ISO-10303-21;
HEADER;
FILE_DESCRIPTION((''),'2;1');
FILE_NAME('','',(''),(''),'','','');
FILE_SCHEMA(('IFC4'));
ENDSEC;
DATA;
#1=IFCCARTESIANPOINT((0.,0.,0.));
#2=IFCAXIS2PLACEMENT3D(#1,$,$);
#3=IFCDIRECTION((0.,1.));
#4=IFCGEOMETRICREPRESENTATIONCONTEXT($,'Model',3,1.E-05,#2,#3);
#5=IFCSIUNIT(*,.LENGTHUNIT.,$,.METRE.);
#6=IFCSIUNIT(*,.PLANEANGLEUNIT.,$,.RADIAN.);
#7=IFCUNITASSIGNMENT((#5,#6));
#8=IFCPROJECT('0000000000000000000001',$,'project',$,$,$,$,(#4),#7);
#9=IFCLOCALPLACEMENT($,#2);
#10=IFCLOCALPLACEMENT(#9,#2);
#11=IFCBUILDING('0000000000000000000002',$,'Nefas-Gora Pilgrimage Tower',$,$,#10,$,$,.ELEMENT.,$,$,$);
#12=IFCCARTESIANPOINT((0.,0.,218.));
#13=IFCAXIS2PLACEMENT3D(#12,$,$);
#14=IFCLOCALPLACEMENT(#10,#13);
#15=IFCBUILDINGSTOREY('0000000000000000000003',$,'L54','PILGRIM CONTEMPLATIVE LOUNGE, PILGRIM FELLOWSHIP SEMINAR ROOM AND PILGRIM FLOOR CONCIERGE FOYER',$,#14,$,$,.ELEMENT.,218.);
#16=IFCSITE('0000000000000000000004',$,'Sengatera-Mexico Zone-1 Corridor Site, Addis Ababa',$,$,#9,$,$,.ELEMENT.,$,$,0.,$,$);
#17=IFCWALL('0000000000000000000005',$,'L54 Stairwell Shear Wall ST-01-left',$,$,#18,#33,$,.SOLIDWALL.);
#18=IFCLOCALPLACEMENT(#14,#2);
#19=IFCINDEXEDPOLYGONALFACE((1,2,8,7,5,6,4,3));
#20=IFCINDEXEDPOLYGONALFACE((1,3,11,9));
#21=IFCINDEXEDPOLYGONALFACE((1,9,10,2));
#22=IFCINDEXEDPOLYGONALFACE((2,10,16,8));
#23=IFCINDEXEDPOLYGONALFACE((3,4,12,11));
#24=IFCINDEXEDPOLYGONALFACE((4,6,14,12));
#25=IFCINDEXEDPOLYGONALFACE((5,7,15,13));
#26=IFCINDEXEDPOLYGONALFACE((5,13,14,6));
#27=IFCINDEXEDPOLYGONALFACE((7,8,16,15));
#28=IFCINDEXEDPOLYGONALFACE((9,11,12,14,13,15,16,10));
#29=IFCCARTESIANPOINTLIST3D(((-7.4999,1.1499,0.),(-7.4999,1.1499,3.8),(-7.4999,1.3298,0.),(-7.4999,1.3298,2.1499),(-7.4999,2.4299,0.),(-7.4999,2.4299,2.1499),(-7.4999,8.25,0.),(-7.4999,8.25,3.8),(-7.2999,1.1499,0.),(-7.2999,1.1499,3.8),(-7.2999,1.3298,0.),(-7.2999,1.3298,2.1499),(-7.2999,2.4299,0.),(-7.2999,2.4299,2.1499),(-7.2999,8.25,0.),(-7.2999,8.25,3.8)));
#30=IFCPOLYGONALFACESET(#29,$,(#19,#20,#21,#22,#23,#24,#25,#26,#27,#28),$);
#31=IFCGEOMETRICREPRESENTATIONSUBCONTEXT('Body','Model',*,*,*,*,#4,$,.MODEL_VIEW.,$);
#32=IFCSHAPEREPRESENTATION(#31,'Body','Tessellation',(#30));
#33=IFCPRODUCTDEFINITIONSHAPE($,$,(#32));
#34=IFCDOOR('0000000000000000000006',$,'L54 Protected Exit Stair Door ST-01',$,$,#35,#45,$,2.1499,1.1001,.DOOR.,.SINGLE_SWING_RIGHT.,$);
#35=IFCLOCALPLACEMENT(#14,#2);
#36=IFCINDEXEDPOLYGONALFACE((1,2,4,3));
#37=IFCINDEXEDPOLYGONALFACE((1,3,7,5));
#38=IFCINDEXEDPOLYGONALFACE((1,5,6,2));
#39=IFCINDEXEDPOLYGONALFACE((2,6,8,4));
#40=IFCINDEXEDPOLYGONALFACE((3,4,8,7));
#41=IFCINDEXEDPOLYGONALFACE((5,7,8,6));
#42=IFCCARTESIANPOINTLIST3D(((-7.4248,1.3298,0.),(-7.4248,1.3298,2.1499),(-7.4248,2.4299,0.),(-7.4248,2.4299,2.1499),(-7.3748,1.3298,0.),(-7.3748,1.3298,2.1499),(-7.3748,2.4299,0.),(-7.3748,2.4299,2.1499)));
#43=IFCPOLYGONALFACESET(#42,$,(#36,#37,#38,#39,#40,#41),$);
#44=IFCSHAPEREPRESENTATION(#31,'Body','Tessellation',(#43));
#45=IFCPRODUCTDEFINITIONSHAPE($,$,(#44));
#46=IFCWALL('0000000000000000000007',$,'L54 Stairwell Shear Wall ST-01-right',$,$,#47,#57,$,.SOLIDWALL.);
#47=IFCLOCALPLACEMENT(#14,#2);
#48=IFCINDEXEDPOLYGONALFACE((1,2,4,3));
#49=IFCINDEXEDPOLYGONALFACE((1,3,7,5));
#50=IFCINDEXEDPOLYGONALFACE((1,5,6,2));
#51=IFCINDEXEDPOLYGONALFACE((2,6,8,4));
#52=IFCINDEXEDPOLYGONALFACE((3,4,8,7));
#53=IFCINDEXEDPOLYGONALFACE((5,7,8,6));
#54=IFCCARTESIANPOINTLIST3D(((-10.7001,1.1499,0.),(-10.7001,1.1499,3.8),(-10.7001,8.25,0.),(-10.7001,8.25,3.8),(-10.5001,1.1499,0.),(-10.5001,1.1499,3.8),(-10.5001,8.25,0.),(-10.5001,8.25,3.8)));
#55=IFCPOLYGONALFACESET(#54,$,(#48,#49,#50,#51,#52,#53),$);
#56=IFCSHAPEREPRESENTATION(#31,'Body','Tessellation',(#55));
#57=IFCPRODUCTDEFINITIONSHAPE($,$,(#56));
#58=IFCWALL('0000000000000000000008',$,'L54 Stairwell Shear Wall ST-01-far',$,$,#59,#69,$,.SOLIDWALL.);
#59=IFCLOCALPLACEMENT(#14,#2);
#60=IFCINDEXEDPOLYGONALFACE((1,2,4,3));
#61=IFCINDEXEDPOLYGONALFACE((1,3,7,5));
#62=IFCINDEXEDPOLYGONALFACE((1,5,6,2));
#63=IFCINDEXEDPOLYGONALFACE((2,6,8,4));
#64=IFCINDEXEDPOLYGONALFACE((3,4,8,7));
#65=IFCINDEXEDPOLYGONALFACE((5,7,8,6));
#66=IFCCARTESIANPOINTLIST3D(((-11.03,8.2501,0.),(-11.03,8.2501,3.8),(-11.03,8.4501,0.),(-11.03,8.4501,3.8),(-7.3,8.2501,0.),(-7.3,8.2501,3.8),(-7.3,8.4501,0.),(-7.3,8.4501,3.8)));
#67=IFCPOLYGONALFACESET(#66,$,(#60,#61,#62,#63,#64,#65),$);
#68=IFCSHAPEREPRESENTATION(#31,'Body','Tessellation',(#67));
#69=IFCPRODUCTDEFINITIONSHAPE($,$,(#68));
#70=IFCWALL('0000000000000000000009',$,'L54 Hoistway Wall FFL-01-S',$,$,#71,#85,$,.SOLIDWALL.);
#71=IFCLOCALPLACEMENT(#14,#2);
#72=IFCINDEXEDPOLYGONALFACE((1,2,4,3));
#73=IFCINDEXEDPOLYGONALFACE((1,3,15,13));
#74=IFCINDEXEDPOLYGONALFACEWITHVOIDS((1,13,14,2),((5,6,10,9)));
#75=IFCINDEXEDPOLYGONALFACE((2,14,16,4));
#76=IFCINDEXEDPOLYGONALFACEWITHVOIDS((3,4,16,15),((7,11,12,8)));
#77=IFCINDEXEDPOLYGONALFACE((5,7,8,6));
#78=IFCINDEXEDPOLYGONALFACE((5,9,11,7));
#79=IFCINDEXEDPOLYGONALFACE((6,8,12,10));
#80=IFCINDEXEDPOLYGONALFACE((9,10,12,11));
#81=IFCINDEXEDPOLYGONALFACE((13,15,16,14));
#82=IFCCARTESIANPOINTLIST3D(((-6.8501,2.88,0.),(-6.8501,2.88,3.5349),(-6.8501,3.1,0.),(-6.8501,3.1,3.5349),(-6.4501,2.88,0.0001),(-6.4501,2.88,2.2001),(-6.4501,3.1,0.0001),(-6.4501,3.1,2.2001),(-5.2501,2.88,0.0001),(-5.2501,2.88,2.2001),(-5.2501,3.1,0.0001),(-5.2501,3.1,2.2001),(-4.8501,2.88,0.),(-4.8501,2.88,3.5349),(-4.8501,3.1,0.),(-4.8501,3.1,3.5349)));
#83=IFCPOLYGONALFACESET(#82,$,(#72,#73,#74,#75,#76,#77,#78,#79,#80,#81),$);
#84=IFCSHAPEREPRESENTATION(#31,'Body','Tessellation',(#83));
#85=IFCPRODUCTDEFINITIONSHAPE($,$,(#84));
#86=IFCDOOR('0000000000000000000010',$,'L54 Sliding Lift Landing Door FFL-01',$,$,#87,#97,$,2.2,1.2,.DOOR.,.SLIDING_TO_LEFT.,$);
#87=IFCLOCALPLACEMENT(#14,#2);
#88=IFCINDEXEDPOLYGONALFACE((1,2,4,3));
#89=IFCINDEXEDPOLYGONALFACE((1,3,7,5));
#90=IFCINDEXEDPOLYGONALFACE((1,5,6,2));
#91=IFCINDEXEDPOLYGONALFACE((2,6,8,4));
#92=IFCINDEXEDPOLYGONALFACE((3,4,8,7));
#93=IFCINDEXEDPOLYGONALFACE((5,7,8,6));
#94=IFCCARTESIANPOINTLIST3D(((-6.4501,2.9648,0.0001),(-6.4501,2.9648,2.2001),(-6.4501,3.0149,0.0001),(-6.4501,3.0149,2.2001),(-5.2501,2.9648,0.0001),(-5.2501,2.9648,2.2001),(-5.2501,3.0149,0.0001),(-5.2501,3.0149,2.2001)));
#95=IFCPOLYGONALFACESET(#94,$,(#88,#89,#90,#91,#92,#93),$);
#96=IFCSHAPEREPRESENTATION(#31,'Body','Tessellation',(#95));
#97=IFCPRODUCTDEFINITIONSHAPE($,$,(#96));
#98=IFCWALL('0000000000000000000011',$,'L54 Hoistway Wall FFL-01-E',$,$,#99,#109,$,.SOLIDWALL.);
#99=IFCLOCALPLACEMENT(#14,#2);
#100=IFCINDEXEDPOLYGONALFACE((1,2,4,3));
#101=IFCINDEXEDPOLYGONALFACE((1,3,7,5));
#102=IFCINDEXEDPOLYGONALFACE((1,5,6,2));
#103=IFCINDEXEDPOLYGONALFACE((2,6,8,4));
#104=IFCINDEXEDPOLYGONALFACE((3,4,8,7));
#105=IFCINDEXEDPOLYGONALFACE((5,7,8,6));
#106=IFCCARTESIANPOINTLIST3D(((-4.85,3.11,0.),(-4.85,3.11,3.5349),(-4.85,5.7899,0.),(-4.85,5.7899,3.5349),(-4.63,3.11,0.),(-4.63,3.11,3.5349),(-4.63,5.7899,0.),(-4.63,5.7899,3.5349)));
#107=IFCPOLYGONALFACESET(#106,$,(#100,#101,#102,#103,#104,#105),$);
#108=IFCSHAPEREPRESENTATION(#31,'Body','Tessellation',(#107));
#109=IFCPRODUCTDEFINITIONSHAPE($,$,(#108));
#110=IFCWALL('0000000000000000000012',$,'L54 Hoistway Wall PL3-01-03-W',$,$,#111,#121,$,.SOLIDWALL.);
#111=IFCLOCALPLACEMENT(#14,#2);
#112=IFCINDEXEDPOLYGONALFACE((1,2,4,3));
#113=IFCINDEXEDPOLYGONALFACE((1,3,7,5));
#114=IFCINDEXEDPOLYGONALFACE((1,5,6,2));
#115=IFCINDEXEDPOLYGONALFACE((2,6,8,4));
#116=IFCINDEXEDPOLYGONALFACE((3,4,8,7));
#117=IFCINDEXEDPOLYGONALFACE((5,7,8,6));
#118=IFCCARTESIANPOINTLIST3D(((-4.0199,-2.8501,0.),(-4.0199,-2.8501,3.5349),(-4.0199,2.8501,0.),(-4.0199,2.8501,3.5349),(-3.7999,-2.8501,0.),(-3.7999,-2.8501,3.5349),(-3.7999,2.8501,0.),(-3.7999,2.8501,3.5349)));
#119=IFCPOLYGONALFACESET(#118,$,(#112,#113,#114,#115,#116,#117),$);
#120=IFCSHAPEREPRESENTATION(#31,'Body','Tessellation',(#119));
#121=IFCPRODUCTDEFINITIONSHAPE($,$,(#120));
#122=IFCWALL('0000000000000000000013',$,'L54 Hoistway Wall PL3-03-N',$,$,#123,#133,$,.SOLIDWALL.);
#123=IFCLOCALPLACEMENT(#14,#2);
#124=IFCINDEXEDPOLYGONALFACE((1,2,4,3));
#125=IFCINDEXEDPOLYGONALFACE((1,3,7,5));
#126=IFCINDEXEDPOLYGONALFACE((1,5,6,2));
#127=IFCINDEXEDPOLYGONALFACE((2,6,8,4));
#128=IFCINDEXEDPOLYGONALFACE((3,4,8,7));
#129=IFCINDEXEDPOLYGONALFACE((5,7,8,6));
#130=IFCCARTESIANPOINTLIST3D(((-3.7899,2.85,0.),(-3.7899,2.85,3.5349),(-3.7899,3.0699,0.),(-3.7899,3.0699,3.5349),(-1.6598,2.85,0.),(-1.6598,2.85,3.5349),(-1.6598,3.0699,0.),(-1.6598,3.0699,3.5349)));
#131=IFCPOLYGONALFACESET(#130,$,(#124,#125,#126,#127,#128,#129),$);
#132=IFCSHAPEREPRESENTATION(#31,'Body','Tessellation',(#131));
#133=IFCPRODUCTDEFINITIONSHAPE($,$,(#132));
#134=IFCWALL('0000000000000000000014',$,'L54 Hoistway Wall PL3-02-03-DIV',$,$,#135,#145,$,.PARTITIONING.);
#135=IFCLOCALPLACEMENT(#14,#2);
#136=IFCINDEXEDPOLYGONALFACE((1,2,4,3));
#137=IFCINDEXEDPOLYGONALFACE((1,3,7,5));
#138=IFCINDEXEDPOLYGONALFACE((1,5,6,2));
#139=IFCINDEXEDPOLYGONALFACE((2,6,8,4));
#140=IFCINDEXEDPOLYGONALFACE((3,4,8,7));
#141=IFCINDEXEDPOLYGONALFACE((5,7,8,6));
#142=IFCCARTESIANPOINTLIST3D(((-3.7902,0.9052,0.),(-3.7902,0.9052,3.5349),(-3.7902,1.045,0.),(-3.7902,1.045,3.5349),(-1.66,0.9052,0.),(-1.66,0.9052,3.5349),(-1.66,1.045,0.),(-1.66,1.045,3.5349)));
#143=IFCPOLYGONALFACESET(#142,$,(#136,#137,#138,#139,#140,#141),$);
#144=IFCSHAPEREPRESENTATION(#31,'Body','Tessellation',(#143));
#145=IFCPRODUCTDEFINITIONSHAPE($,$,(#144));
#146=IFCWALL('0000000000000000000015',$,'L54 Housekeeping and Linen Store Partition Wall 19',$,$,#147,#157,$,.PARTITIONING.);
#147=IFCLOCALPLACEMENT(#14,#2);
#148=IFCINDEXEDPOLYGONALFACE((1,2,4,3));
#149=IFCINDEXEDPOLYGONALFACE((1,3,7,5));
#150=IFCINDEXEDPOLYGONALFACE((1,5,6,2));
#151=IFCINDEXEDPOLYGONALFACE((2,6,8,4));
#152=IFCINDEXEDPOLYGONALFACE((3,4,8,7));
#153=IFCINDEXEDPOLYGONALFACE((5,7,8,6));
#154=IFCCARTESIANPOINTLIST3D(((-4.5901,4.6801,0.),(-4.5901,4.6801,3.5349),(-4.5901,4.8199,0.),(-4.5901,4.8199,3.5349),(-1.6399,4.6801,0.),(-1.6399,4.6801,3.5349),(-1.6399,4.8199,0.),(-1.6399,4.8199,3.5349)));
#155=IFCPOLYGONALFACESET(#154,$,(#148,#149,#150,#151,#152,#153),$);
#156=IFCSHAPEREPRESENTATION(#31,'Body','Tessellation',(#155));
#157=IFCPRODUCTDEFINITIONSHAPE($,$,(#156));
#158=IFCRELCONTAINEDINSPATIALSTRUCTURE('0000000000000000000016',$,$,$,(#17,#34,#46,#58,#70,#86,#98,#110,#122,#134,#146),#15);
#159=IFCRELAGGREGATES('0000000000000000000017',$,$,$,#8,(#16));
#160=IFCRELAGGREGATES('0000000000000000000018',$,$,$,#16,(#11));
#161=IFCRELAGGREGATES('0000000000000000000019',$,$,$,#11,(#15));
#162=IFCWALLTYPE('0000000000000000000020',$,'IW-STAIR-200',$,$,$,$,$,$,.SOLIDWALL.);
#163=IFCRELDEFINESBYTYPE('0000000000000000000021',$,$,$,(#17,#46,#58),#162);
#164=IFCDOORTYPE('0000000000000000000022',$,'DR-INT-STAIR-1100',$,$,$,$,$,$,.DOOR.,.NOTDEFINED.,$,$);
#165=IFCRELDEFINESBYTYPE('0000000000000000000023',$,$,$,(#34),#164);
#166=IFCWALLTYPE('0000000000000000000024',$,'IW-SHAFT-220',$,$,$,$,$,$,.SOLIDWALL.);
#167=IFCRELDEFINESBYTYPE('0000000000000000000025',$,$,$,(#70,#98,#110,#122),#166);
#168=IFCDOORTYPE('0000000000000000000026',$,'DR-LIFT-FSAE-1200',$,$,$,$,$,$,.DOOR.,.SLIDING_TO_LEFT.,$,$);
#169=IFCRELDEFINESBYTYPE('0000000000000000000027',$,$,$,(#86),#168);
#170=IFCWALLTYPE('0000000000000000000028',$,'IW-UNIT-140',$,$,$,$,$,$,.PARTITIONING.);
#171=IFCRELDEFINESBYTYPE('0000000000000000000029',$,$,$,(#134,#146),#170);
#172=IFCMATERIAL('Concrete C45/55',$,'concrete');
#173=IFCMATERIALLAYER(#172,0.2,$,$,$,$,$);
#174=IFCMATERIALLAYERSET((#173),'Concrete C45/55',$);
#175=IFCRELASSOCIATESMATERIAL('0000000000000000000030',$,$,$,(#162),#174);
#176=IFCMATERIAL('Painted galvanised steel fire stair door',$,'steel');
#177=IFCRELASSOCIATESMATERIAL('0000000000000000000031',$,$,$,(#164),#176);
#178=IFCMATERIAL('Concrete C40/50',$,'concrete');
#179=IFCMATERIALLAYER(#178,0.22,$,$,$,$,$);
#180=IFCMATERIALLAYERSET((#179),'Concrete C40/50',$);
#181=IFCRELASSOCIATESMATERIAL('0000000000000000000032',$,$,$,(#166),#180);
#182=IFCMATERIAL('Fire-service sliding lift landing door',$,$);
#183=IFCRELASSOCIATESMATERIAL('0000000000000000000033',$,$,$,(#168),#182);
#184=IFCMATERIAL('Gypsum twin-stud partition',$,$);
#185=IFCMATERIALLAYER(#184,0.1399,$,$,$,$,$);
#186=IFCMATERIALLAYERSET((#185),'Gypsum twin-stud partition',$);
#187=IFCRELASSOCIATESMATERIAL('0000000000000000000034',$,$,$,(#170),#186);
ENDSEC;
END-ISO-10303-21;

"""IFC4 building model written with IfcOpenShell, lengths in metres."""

from ifc_helpers import new_model, si_unit, direction, frame, frame_2d, origin, place, context, subcontext, project, spatial, rectangle, extrude, source, transform, mapped, material, layer, layer_set, type_object, element, fill, save


model = new_model("IFC4")

# Units and contexts
model_context = context("Model", 3, precision=1e-05, world=origin(), true_north=direction((0.0, 1.0)))
body_context = subcontext(model_context, "Body", "Model", "MODEL_VIEW")
ifc_project = project(units=[si_unit("LENGTHUNIT", "METRE"), si_unit("PLANEANGLEUNIT", "RADIAN")], contexts=[model_context])

# Site, building, storey
site_placement = place(None, origin())
site = spatial("IfcSite", under=ifc_project, at=site_placement, Name="Sengatera-Mexico Zone-1 Corridor Site, Addis Ababa", CompositionType="ELEMENT", RefElevation=0.0)
building_placement = place(site_placement, origin())
building = spatial("IfcBuilding", under=site, at=building_placement, Name="Nefas-Gora Pilgrimage Tower", CompositionType="ELEMENT")
storey_placement = place(building_placement, frame((0.0, 0.0, 218.0)))
storey = spatial("IfcBuildingStorey", under=building, at=storey_placement, Name="L54", Description="PILGRIM CONTEMPLATIVE LOUNGE, PILGRIM FELLOWSHIP SEMINAR ROOM AND PILGRIM FLOOR CONCIERGE FOYER", CompositionType="ELEMENT", Elevation=218.0)

# Shared definitions
ifc_material_1 = material(Name="Concrete C40/50", Category="concrete")

# Shared definitions
ifc_material_2 = material(Name="Concrete C45/55", Category="concrete")
ifc_layer_1 = layer(ifc_material_2, 0.2)
ifc_layer_set_1 = layer_set([ifc_layer_1], Name="Concrete C45/55")
wall_type_1 = type_object("IfcWallType", Name="IW-STAIR-200", PredefinedType="SOLIDWALL", material=ifc_layer_set_1)

# Wall, opening, door
shared_shape_1 = source(origin(), body_context, "Body", "SweptSolid", [
    extrude(rectangle(XDim=7.1001, YDim=0.2, at=frame_2d((3.55, 0.0))), origin(), (0.0, 0.0, 1.0), 3.8),
])
wall_1_placement = place(storey_placement, frame((-7.3999, 1.1499, 0.0), z_axis=(0.0, 0.0, 1.0), x_axis=(0.0, 1.0, 0.0)))
wall_1 = element("IfcWall", 1, at=wall_1_placement, inside=storey, type_object=wall_type_1, Name="L54 Stairwell Shear Wall ST-01-left", PredefinedType="SOLIDWALL", context=body_context, shape_type="MappedRepresentation", body=[
    mapped(shared_shape_1, transform((0.0, 0.0, 0.0), x_axis=(1.0, 0.0, 0.0), y_axis=(0.0, 1.0, 0.0), z_axis=(0.0, 0.0, 1.0), scale=1.0)),
])
opening_1_placement = place(wall_1_placement, frame((0.1799, 0.0, 0.0)))
opening_1 = element("IfcOpeningElement", 2, at=opening_1_placement, cuts=wall_1, PredefinedType="OPENING", context=body_context, shape_type="SweptSolid", body=[
    extrude(rectangle(XDim=1.1001, YDim=2.1499, at=frame_2d((0.55, 1.075))), frame((0.0, 0.1099, 0.0), z_axis=(0.0, -1.0, 0.0), x_axis=(1.0, 0.0, 0.0)), (0.0, 0.0, 1.0), 0.22),
])
ifc_material_3 = material(Name="Painted galvanised steel fire stair door", Category="steel")
door_type_1 = type_object("IfcDoorType", Name="DR-INT-STAIR-1100", OperationType="NOTDEFINED", PredefinedType="DOOR", material=ifc_material_3)
shared_shape_2 = source(origin(), body_context, "Body", "SweptSolid", [
    extrude(rectangle(XDim=1.1001, YDim=2.1499, at=frame_2d((0.55, 1.075))), frame((0.0, 0.0249, 0.0), z_axis=(0.0, -1.0, 0.0), x_axis=(1.0, 0.0, 0.0)), (0.0, 0.0, 1.0), 0.05),
])
door_1_placement = place(opening_1_placement, origin())
door_1 = element("IfcDoor", 3, at=door_1_placement, inside=storey, type_object=door_type_1, Name="L54 Protected Exit Stair Door ST-01", OperationType="SINGLE_SWING_RIGHT", OverallHeight=2.1499, OverallWidth=1.1001, PredefinedType="DOOR", context=body_context, shape_type="MappedRepresentation", body=[
    mapped(shared_shape_2, transform((0.0, 0.0, 0.0), x_axis=(1.0, 0.0, 0.0), y_axis=(0.0, 1.0, 0.0), z_axis=(0.0, 0.0, 1.0), scale=1.0)),
])
fill(opening_1, door_1)

# Walls
wall_2_placement = place(storey_placement, frame((-10.6001, 1.1499, 0.0), z_axis=(0.0, 0.0, 1.0), x_axis=(0.0, 1.0, 0.0)))
element("IfcWall", 4, at=wall_2_placement, inside=storey, type_object=wall_type_1, Name="L54 Stairwell Shear Wall ST-01-right", PredefinedType="SOLIDWALL", context=body_context, shape_type="MappedRepresentation", body=[
    mapped(shared_shape_1, transform((0.0, 0.0, 0.0), x_axis=(1.0, 0.0, 0.0), y_axis=(0.0, 1.0, 0.0), z_axis=(0.0, 0.0, 1.0), scale=1.0)),
])
shared_shape_3 = source(origin(), body_context, "Body", "SweptSolid", [
    extrude(rectangle(XDim=3.73, YDim=0.2, at=frame_2d((1.865, 0.0))), origin(), (0.0, 0.0, 1.0), 3.8),
])
wall_3_placement = place(storey_placement, frame((-7.3, 8.3501, 0.0), z_axis=(0.0, 0.0, 1.0), x_axis=(-1.0, 0.0, 0.0)))
element("IfcWall", 5, at=wall_3_placement, inside=storey, type_object=wall_type_1, Name="L54 Stairwell Shear Wall ST-01-far", PredefinedType="SOLIDWALL", context=body_context, shape_type="MappedRepresentation", body=[
    mapped(shared_shape_3, transform((0.0, 0.0, 0.0), x_axis=(1.0, 0.0, 0.0), y_axis=(0.0, 1.0, 0.0), z_axis=(0.0, 0.0, 1.0), scale=1.0)),
])

# Wall, opening, door
ifc_layer_2 = layer(ifc_material_1, 0.22)
ifc_layer_set_2 = layer_set([ifc_layer_2], Name="Concrete C40/50")
wall_type_2 = type_object("IfcWallType", Name="IW-SHAFT-220", PredefinedType="SOLIDWALL", material=ifc_layer_set_2)
shared_shape_4 = source(origin(), body_context, "Body", "SweptSolid", [
    extrude(rectangle(XDim=2.0, YDim=0.22, at=frame_2d((1.0, 0.0))), origin(), (0.0, 0.0, 1.0), 3.5349),
])
wall_4_placement = place(storey_placement, frame((-6.8501, 2.99, 0.0), z_axis=(0.0, 0.0, 1.0), x_axis=(1.0, 0.0, 0.0)))
wall_4 = element("IfcWall", 6, at=wall_4_placement, inside=storey, type_object=wall_type_2, Name="L54 Hoistway Wall FFL-01-S", PredefinedType="SOLIDWALL", context=body_context, shape_type="MappedRepresentation", body=[
    mapped(shared_shape_4, transform((0.0, 0.0, 0.0), x_axis=(1.0, 0.0, 0.0), y_axis=(0.0, 1.0, 0.0), z_axis=(0.0, 0.0, 1.0), scale=1.0)),
])
opening_2_placement = place(wall_4_placement, frame((0.3999, 0.0, 0.0)))
opening_2 = element("IfcOpeningElement", 7, at=opening_2_placement, cuts=wall_4, PredefinedType="OPENING", context=body_context, shape_type="SweptSolid", body=[
    extrude(rectangle(XDim=1.2, YDim=2.2, at=frame_2d((0.6001, 1.1001))), frame((0.0, 0.1199, 0.0), z_axis=(0.0, -1.0, 0.0), x_axis=(1.0, 0.0, 0.0)), (0.0, 0.0, 1.0), 0.24),
])
ifc_material_4 = material(Name="Fire-service sliding lift landing door")
door_type_2 = type_object("IfcDoorType", Name="DR-LIFT-FSAE-1200", OperationType="SLIDING_TO_LEFT", PredefinedType="DOOR", material=ifc_material_4)
shared_shape_5 = source(origin(), body_context, "Body", "SweptSolid", [
    extrude(rectangle(XDim=1.2, YDim=2.2, at=frame_2d((0.6001, 1.1001))), frame((0.0, 0.0249, 0.0), z_axis=(0.0, -1.0, 0.0), x_axis=(1.0, 0.0, 0.0)), (0.0, 0.0, 1.0), 0.05),
])
door_2_placement = place(opening_2_placement, origin())
door_2 = element("IfcDoor", 8, at=door_2_placement, inside=storey, type_object=door_type_2, Name="L54 Sliding Lift Landing Door FFL-01", OperationType="SLIDING_TO_LEFT", OverallHeight=2.2, OverallWidth=1.2, PredefinedType="DOOR", context=body_context, shape_type="MappedRepresentation", body=[
    mapped(shared_shape_5, transform((0.0, 0.0, 0.0), x_axis=(1.0, 0.0, 0.0), y_axis=(0.0, 1.0, 0.0), z_axis=(0.0, 0.0, 1.0), scale=1.0)),
])
fill(opening_2, door_2)

# Walls
shared_shape_6 = source(origin(), body_context, "Body", "SweptSolid", [
    extrude(rectangle(XDim=2.6799, YDim=0.22, at=frame_2d((1.3398, 0.0))), origin(), (0.0, 0.0, 1.0), 3.5349),
])
wall_5_placement = place(storey_placement, frame((-4.74, 3.1101, 0.0), z_axis=(0.0, 0.0, 1.0), x_axis=(0.0, 1.0, 0.0)))
element("IfcWall", 9, at=wall_5_placement, inside=storey, type_object=wall_type_2, Name="L54 Hoistway Wall FFL-01-E", PredefinedType="SOLIDWALL", context=body_context, shape_type="MappedRepresentation", body=[
    mapped(shared_shape_6, transform((0.0, 0.0, 0.0), x_axis=(1.0, 0.0, 0.0), y_axis=(0.0, 1.0, 0.0), z_axis=(0.0, 0.0, 1.0), scale=1.0)),
])
shared_shape_7 = source(origin(), body_context, "Body", "SweptSolid", [
    extrude(rectangle(XDim=5.7002, YDim=0.22, at=frame_2d((2.8501, 0.0))), origin(), (0.0, 0.0, 1.0), 3.5349),
])
wall_6_placement = place(storey_placement, frame((-3.9099, 2.8501, 0.0), z_axis=(0.0, 0.0, 1.0), x_axis=(0.0, -1.0, 0.0)))
element("IfcWall", 10, at=wall_6_placement, inside=storey, type_object=wall_type_2, Name="L54 Hoistway Wall PL3-01-03-W", PredefinedType="SOLIDWALL", context=body_context, shape_type="MappedRepresentation", body=[
    mapped(shared_shape_7, transform((0.0, 0.0, 0.0), x_axis=(1.0, 0.0, 0.0), y_axis=(0.0, 1.0, 0.0), z_axis=(0.0, 0.0, 1.0), scale=1.0)),
])
shared_shape_8 = source(origin(), body_context, "Body", "SweptSolid", [
    extrude(rectangle(XDim=2.1301, YDim=0.22, at=frame_2d((1.0649, 0.0))), origin(), (0.0, 0.0, 1.0), 3.5349),
])
wall_7_placement = place(storey_placement, frame((-1.6599, 2.96, 0.0), z_axis=(0.0, 0.0, 1.0), x_axis=(-1.0, 0.0, 0.0)))
element("IfcWall", 11, at=wall_7_placement, inside=storey, type_object=wall_type_2, Name="L54 Hoistway Wall PL3-03-N", PredefinedType="SOLIDWALL", context=body_context, shape_type="MappedRepresentation", body=[
    mapped(shared_shape_8, transform((0.0, 0.0, 0.0), x_axis=(1.0, 0.0, 0.0), y_axis=(0.0, 1.0, 0.0), z_axis=(0.0, 0.0, 1.0), scale=1.0)),
])
ifc_material_5 = material(Name="Gypsum twin-stud partition")
ifc_layer_3 = layer(ifc_material_5, 0.1399)
ifc_layer_set_3 = layer_set([ifc_layer_3], Name="Gypsum twin-stud partition")
wall_type_3 = type_object("IfcWallType", Name="IW-UNIT-140", PredefinedType="PARTITIONING", material=ifc_layer_set_3)
shared_shape_9 = source(origin(), body_context, "Body", "SweptSolid", [
    extrude(rectangle(XDim=2.1301, YDim=0.1399, at=frame_2d((1.0649, 0.0))), origin(), (0.0, 0.0, 1.0), 3.5349),
])
wall_8_placement = place(storey_placement, frame((-3.79, 0.9751, 0.0), z_axis=(0.0, 0.0, 1.0), x_axis=(1.0, 0.0, 0.0)))
element("IfcWall", 12, at=wall_8_placement, inside=storey, type_object=wall_type_3, Name="L54 Hoistway Wall PL3-02-03-DIV", PredefinedType="PARTITIONING", context=body_context, shape_type="MappedRepresentation", body=[
    mapped(shared_shape_9, transform((0.0, 0.0, 0.0), x_axis=(1.0, 0.0, 0.0), y_axis=(0.0, 1.0, 0.0), z_axis=(0.0, 0.0, 1.0), scale=1.0)),
])
shared_shape_10 = source(origin(), body_context, "Body", "SweptSolid", [
    extrude(rectangle(XDim=2.9502, YDim=0.1399, at=frame_2d((1.4751, 0.0))), origin(), (0.0, 0.0, 1.0), 3.5349),
])
wall_9_placement = place(storey_placement, frame((-4.5901, 4.75, 0.0), z_axis=(0.0, 0.0, 1.0), x_axis=(1.0, 0.0, 0.0)))
element("IfcWall", 13, at=wall_9_placement, inside=storey, type_object=wall_type_3, Name="L54 Housekeeping and Linen Store Partition Wall 19", PredefinedType="PARTITIONING", context=body_context, shape_type="MappedRepresentation", body=[
    mapped(shared_shape_10, transform((0.0, 0.0, 0.0), x_axis=(1.0, 0.0, 0.0), y_axis=(0.0, 1.0, 0.0), z_axis=(0.0, 0.0, 1.0), scale=1.0)),
])

save(model, "model.ifc")
